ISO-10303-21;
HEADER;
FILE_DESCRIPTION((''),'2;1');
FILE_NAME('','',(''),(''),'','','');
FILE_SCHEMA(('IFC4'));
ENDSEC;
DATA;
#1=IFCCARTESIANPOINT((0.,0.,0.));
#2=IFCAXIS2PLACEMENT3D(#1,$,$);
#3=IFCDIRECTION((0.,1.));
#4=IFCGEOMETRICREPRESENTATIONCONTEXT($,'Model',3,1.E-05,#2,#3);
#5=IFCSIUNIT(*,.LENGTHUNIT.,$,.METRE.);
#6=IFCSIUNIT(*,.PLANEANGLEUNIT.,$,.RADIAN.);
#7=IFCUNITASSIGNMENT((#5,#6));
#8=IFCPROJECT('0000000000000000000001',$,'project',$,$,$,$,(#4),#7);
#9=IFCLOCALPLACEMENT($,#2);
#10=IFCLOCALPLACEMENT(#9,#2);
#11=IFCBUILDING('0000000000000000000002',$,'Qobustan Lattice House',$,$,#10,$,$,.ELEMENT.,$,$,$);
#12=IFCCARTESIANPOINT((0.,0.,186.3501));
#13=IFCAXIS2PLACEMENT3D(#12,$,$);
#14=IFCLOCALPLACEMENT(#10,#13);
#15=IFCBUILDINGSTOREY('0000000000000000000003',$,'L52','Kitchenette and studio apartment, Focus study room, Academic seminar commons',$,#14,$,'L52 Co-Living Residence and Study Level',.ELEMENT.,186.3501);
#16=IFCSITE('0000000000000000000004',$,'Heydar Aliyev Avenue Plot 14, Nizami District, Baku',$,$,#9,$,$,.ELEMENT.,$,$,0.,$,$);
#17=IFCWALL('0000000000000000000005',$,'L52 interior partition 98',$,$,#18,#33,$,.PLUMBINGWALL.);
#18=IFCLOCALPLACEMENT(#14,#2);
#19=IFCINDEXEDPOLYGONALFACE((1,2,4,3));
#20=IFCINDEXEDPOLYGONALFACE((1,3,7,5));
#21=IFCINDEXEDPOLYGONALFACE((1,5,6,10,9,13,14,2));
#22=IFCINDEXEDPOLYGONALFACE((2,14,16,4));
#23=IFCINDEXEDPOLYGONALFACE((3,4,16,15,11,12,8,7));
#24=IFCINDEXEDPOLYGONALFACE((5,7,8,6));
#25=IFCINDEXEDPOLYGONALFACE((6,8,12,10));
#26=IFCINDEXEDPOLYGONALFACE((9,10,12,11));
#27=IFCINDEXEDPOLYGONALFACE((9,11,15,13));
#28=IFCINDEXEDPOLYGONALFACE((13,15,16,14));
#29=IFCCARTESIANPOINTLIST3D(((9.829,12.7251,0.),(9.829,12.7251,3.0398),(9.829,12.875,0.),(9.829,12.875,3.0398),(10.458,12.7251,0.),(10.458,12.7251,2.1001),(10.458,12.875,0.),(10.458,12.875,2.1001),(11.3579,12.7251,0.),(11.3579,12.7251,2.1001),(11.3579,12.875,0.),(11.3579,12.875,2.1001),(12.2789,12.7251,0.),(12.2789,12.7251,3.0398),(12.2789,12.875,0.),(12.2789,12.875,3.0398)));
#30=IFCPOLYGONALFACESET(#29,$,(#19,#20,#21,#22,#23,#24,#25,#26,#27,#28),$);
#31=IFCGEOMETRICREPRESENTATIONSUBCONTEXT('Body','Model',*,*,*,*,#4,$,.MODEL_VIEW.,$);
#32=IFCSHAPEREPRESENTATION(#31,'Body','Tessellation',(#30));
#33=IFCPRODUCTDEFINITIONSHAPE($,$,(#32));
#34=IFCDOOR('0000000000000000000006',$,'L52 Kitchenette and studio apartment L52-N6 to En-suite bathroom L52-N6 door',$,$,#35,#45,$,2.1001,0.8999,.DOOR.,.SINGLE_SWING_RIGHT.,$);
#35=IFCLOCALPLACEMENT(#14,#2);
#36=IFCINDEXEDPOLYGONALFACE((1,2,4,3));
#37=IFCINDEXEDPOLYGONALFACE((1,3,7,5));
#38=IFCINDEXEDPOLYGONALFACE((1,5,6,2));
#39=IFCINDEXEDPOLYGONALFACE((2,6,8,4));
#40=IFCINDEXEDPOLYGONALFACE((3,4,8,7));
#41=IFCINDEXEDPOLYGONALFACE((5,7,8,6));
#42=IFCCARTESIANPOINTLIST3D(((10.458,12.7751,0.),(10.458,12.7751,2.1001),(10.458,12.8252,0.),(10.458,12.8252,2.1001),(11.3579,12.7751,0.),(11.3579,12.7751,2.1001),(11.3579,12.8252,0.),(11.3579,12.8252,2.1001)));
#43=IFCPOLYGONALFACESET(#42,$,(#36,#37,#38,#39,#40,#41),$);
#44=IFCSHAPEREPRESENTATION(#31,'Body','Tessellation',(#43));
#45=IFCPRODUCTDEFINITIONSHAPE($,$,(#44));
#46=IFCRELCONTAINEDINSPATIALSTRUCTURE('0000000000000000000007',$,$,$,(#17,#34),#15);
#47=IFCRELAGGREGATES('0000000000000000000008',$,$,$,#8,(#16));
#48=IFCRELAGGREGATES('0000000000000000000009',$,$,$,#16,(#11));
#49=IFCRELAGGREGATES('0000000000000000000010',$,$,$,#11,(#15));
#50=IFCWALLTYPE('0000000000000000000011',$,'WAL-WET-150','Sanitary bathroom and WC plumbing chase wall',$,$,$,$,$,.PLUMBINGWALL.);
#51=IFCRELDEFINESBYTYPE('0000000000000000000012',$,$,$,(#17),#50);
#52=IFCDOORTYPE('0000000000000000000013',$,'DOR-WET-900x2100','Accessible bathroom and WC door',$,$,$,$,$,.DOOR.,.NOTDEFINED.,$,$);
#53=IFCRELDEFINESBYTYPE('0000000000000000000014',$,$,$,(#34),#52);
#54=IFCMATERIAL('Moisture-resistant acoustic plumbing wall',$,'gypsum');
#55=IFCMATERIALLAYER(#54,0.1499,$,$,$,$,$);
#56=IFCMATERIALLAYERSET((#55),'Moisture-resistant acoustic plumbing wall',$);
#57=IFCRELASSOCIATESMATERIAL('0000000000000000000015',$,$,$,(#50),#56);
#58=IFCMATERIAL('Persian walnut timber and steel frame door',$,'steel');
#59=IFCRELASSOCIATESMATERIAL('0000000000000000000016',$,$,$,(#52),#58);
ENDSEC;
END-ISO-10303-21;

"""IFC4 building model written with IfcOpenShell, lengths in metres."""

from ifc_helpers import new_model, si_unit, direction, frame, frame_2d, origin, place, context, subcontext, project, spatial, rectangle, extrude, material, layer, layer_set, type_object, element, fill, save


model = new_model("IFC4")

# Units and contexts
model_context = context("Model", 3, precision=1e-05, world=origin(), true_north=direction((0.0, 1.0)))
body_context = subcontext(model_context, "Body", "Model", "MODEL_VIEW")
ifc_project = project(units=[si_unit("LENGTHUNIT", "METRE"), si_unit("PLANEANGLEUNIT", "RADIAN")], contexts=[model_context])

# Site, building, storey
site_placement = place(None, origin())
site = spatial("IfcSite", under=ifc_project, at=site_placement, Name="Heydar Aliyev Avenue Plot 14, Nizami District, Baku", CompositionType="ELEMENT", RefElevation=0.0)
building_placement = place(site_placement, origin())
building = spatial("IfcBuilding", under=site, at=building_placement, Name="Qobustan Lattice House", CompositionType="ELEMENT")
storey_placement = place(building_placement, frame((0.0, 0.0, 186.3501)))
storey = spatial("IfcBuildingStorey", under=building, at=storey_placement, Name="L52", Description="Kitchenette and studio apartment, Focus study room, Academic seminar commons", LongName="L52 Co-Living Residence and Study Level", CompositionType="ELEMENT", Elevation=186.3501)

# Shared definitions
ifc_material_1 = material(Name="Moisture-resistant acoustic plumbing wall", Category="gypsum")
ifc_layer_1 = layer(ifc_material_1, 0.1499)
ifc_layer_set_1 = layer_set([ifc_layer_1], Name="Moisture-resistant acoustic plumbing wall")
wall_type_1 = type_object("IfcWallType", Name="WAL-WET-150", Description="Sanitary bathroom and WC plumbing chase wall", PredefinedType="PLUMBINGWALL", material=ifc_layer_set_1)
ifc_material_2 = material(Name="Persian walnut timber and steel frame door", Category="steel")
door_type = type_object("IfcDoorType", Name="DOR-WET-900x2100", Description="Accessible bathroom and WC door", OperationType="NOTDEFINED", PredefinedType="DOOR", material=ifc_material_2)

# Wall, opening, door
wall_1_placement = place(storey_placement, frame((12.2791, 12.8, 0.0), z_axis=(0.0, 0.0, 1.0), x_axis=(-1.0, 0.0, 0.0)))
wall_1 = element("IfcWall", 1, at=wall_1_placement, inside=storey, type_object=wall_type_1, Name="L52 interior partition 98", PredefinedType="PLUMBINGWALL", context=body_context, shape_type="SweptSolid", body=[
    extrude(rectangle(XDim=2.45, YDim=0.1499, at=frame_2d((1.2251, 0.0))), origin(), (0.0, 0.0, 1.0), 3.0398),
])
opening_1_placement = place(wall_1_placement, frame((0.9211, 0.0, 0.0)))
opening_1 = element("IfcOpeningElement", 2, at=opening_1_placement, cuts=wall_1, PredefinedType="OPENING", context=body_context, shape_type="SweptSolid", body=[
    extrude(rectangle(XDim=0.8999, YDim=2.1001, at=frame_2d((0.45, 1.05))), frame((0.0, 0.085, 0.0), z_axis=(0.0, -1.0, 0.0), x_axis=(1.0, 0.0, 0.0)), (0.0, 0.0, 1.0), 0.1699),
])
door_1_placement = place(opening_1_placement, origin())
door_1 = element("IfcDoor", 3, at=door_1_placement, inside=storey, type_object=door_type, Name="L52 Kitchenette and studio apartment L52-N6 to En-suite bathroom L52-N6 door", OperationType="SINGLE_SWING_RIGHT", OverallHeight=2.1001, OverallWidth=0.8999, PredefinedType="DOOR", context=body_context, shape_type="SweptSolid", body=[
    extrude(rectangle(XDim=0.8999, YDim=2.1001, at=frame_2d((0.45, 1.05))), frame((0.0, 0.0249, 0.0), z_axis=(0.0, -1.0, 0.0), x_axis=(1.0, 0.0, 0.0)), (0.0, 0.0, 1.0), 0.05),
])
fill(opening_1, door_1)

save(model, "model.ifc")
